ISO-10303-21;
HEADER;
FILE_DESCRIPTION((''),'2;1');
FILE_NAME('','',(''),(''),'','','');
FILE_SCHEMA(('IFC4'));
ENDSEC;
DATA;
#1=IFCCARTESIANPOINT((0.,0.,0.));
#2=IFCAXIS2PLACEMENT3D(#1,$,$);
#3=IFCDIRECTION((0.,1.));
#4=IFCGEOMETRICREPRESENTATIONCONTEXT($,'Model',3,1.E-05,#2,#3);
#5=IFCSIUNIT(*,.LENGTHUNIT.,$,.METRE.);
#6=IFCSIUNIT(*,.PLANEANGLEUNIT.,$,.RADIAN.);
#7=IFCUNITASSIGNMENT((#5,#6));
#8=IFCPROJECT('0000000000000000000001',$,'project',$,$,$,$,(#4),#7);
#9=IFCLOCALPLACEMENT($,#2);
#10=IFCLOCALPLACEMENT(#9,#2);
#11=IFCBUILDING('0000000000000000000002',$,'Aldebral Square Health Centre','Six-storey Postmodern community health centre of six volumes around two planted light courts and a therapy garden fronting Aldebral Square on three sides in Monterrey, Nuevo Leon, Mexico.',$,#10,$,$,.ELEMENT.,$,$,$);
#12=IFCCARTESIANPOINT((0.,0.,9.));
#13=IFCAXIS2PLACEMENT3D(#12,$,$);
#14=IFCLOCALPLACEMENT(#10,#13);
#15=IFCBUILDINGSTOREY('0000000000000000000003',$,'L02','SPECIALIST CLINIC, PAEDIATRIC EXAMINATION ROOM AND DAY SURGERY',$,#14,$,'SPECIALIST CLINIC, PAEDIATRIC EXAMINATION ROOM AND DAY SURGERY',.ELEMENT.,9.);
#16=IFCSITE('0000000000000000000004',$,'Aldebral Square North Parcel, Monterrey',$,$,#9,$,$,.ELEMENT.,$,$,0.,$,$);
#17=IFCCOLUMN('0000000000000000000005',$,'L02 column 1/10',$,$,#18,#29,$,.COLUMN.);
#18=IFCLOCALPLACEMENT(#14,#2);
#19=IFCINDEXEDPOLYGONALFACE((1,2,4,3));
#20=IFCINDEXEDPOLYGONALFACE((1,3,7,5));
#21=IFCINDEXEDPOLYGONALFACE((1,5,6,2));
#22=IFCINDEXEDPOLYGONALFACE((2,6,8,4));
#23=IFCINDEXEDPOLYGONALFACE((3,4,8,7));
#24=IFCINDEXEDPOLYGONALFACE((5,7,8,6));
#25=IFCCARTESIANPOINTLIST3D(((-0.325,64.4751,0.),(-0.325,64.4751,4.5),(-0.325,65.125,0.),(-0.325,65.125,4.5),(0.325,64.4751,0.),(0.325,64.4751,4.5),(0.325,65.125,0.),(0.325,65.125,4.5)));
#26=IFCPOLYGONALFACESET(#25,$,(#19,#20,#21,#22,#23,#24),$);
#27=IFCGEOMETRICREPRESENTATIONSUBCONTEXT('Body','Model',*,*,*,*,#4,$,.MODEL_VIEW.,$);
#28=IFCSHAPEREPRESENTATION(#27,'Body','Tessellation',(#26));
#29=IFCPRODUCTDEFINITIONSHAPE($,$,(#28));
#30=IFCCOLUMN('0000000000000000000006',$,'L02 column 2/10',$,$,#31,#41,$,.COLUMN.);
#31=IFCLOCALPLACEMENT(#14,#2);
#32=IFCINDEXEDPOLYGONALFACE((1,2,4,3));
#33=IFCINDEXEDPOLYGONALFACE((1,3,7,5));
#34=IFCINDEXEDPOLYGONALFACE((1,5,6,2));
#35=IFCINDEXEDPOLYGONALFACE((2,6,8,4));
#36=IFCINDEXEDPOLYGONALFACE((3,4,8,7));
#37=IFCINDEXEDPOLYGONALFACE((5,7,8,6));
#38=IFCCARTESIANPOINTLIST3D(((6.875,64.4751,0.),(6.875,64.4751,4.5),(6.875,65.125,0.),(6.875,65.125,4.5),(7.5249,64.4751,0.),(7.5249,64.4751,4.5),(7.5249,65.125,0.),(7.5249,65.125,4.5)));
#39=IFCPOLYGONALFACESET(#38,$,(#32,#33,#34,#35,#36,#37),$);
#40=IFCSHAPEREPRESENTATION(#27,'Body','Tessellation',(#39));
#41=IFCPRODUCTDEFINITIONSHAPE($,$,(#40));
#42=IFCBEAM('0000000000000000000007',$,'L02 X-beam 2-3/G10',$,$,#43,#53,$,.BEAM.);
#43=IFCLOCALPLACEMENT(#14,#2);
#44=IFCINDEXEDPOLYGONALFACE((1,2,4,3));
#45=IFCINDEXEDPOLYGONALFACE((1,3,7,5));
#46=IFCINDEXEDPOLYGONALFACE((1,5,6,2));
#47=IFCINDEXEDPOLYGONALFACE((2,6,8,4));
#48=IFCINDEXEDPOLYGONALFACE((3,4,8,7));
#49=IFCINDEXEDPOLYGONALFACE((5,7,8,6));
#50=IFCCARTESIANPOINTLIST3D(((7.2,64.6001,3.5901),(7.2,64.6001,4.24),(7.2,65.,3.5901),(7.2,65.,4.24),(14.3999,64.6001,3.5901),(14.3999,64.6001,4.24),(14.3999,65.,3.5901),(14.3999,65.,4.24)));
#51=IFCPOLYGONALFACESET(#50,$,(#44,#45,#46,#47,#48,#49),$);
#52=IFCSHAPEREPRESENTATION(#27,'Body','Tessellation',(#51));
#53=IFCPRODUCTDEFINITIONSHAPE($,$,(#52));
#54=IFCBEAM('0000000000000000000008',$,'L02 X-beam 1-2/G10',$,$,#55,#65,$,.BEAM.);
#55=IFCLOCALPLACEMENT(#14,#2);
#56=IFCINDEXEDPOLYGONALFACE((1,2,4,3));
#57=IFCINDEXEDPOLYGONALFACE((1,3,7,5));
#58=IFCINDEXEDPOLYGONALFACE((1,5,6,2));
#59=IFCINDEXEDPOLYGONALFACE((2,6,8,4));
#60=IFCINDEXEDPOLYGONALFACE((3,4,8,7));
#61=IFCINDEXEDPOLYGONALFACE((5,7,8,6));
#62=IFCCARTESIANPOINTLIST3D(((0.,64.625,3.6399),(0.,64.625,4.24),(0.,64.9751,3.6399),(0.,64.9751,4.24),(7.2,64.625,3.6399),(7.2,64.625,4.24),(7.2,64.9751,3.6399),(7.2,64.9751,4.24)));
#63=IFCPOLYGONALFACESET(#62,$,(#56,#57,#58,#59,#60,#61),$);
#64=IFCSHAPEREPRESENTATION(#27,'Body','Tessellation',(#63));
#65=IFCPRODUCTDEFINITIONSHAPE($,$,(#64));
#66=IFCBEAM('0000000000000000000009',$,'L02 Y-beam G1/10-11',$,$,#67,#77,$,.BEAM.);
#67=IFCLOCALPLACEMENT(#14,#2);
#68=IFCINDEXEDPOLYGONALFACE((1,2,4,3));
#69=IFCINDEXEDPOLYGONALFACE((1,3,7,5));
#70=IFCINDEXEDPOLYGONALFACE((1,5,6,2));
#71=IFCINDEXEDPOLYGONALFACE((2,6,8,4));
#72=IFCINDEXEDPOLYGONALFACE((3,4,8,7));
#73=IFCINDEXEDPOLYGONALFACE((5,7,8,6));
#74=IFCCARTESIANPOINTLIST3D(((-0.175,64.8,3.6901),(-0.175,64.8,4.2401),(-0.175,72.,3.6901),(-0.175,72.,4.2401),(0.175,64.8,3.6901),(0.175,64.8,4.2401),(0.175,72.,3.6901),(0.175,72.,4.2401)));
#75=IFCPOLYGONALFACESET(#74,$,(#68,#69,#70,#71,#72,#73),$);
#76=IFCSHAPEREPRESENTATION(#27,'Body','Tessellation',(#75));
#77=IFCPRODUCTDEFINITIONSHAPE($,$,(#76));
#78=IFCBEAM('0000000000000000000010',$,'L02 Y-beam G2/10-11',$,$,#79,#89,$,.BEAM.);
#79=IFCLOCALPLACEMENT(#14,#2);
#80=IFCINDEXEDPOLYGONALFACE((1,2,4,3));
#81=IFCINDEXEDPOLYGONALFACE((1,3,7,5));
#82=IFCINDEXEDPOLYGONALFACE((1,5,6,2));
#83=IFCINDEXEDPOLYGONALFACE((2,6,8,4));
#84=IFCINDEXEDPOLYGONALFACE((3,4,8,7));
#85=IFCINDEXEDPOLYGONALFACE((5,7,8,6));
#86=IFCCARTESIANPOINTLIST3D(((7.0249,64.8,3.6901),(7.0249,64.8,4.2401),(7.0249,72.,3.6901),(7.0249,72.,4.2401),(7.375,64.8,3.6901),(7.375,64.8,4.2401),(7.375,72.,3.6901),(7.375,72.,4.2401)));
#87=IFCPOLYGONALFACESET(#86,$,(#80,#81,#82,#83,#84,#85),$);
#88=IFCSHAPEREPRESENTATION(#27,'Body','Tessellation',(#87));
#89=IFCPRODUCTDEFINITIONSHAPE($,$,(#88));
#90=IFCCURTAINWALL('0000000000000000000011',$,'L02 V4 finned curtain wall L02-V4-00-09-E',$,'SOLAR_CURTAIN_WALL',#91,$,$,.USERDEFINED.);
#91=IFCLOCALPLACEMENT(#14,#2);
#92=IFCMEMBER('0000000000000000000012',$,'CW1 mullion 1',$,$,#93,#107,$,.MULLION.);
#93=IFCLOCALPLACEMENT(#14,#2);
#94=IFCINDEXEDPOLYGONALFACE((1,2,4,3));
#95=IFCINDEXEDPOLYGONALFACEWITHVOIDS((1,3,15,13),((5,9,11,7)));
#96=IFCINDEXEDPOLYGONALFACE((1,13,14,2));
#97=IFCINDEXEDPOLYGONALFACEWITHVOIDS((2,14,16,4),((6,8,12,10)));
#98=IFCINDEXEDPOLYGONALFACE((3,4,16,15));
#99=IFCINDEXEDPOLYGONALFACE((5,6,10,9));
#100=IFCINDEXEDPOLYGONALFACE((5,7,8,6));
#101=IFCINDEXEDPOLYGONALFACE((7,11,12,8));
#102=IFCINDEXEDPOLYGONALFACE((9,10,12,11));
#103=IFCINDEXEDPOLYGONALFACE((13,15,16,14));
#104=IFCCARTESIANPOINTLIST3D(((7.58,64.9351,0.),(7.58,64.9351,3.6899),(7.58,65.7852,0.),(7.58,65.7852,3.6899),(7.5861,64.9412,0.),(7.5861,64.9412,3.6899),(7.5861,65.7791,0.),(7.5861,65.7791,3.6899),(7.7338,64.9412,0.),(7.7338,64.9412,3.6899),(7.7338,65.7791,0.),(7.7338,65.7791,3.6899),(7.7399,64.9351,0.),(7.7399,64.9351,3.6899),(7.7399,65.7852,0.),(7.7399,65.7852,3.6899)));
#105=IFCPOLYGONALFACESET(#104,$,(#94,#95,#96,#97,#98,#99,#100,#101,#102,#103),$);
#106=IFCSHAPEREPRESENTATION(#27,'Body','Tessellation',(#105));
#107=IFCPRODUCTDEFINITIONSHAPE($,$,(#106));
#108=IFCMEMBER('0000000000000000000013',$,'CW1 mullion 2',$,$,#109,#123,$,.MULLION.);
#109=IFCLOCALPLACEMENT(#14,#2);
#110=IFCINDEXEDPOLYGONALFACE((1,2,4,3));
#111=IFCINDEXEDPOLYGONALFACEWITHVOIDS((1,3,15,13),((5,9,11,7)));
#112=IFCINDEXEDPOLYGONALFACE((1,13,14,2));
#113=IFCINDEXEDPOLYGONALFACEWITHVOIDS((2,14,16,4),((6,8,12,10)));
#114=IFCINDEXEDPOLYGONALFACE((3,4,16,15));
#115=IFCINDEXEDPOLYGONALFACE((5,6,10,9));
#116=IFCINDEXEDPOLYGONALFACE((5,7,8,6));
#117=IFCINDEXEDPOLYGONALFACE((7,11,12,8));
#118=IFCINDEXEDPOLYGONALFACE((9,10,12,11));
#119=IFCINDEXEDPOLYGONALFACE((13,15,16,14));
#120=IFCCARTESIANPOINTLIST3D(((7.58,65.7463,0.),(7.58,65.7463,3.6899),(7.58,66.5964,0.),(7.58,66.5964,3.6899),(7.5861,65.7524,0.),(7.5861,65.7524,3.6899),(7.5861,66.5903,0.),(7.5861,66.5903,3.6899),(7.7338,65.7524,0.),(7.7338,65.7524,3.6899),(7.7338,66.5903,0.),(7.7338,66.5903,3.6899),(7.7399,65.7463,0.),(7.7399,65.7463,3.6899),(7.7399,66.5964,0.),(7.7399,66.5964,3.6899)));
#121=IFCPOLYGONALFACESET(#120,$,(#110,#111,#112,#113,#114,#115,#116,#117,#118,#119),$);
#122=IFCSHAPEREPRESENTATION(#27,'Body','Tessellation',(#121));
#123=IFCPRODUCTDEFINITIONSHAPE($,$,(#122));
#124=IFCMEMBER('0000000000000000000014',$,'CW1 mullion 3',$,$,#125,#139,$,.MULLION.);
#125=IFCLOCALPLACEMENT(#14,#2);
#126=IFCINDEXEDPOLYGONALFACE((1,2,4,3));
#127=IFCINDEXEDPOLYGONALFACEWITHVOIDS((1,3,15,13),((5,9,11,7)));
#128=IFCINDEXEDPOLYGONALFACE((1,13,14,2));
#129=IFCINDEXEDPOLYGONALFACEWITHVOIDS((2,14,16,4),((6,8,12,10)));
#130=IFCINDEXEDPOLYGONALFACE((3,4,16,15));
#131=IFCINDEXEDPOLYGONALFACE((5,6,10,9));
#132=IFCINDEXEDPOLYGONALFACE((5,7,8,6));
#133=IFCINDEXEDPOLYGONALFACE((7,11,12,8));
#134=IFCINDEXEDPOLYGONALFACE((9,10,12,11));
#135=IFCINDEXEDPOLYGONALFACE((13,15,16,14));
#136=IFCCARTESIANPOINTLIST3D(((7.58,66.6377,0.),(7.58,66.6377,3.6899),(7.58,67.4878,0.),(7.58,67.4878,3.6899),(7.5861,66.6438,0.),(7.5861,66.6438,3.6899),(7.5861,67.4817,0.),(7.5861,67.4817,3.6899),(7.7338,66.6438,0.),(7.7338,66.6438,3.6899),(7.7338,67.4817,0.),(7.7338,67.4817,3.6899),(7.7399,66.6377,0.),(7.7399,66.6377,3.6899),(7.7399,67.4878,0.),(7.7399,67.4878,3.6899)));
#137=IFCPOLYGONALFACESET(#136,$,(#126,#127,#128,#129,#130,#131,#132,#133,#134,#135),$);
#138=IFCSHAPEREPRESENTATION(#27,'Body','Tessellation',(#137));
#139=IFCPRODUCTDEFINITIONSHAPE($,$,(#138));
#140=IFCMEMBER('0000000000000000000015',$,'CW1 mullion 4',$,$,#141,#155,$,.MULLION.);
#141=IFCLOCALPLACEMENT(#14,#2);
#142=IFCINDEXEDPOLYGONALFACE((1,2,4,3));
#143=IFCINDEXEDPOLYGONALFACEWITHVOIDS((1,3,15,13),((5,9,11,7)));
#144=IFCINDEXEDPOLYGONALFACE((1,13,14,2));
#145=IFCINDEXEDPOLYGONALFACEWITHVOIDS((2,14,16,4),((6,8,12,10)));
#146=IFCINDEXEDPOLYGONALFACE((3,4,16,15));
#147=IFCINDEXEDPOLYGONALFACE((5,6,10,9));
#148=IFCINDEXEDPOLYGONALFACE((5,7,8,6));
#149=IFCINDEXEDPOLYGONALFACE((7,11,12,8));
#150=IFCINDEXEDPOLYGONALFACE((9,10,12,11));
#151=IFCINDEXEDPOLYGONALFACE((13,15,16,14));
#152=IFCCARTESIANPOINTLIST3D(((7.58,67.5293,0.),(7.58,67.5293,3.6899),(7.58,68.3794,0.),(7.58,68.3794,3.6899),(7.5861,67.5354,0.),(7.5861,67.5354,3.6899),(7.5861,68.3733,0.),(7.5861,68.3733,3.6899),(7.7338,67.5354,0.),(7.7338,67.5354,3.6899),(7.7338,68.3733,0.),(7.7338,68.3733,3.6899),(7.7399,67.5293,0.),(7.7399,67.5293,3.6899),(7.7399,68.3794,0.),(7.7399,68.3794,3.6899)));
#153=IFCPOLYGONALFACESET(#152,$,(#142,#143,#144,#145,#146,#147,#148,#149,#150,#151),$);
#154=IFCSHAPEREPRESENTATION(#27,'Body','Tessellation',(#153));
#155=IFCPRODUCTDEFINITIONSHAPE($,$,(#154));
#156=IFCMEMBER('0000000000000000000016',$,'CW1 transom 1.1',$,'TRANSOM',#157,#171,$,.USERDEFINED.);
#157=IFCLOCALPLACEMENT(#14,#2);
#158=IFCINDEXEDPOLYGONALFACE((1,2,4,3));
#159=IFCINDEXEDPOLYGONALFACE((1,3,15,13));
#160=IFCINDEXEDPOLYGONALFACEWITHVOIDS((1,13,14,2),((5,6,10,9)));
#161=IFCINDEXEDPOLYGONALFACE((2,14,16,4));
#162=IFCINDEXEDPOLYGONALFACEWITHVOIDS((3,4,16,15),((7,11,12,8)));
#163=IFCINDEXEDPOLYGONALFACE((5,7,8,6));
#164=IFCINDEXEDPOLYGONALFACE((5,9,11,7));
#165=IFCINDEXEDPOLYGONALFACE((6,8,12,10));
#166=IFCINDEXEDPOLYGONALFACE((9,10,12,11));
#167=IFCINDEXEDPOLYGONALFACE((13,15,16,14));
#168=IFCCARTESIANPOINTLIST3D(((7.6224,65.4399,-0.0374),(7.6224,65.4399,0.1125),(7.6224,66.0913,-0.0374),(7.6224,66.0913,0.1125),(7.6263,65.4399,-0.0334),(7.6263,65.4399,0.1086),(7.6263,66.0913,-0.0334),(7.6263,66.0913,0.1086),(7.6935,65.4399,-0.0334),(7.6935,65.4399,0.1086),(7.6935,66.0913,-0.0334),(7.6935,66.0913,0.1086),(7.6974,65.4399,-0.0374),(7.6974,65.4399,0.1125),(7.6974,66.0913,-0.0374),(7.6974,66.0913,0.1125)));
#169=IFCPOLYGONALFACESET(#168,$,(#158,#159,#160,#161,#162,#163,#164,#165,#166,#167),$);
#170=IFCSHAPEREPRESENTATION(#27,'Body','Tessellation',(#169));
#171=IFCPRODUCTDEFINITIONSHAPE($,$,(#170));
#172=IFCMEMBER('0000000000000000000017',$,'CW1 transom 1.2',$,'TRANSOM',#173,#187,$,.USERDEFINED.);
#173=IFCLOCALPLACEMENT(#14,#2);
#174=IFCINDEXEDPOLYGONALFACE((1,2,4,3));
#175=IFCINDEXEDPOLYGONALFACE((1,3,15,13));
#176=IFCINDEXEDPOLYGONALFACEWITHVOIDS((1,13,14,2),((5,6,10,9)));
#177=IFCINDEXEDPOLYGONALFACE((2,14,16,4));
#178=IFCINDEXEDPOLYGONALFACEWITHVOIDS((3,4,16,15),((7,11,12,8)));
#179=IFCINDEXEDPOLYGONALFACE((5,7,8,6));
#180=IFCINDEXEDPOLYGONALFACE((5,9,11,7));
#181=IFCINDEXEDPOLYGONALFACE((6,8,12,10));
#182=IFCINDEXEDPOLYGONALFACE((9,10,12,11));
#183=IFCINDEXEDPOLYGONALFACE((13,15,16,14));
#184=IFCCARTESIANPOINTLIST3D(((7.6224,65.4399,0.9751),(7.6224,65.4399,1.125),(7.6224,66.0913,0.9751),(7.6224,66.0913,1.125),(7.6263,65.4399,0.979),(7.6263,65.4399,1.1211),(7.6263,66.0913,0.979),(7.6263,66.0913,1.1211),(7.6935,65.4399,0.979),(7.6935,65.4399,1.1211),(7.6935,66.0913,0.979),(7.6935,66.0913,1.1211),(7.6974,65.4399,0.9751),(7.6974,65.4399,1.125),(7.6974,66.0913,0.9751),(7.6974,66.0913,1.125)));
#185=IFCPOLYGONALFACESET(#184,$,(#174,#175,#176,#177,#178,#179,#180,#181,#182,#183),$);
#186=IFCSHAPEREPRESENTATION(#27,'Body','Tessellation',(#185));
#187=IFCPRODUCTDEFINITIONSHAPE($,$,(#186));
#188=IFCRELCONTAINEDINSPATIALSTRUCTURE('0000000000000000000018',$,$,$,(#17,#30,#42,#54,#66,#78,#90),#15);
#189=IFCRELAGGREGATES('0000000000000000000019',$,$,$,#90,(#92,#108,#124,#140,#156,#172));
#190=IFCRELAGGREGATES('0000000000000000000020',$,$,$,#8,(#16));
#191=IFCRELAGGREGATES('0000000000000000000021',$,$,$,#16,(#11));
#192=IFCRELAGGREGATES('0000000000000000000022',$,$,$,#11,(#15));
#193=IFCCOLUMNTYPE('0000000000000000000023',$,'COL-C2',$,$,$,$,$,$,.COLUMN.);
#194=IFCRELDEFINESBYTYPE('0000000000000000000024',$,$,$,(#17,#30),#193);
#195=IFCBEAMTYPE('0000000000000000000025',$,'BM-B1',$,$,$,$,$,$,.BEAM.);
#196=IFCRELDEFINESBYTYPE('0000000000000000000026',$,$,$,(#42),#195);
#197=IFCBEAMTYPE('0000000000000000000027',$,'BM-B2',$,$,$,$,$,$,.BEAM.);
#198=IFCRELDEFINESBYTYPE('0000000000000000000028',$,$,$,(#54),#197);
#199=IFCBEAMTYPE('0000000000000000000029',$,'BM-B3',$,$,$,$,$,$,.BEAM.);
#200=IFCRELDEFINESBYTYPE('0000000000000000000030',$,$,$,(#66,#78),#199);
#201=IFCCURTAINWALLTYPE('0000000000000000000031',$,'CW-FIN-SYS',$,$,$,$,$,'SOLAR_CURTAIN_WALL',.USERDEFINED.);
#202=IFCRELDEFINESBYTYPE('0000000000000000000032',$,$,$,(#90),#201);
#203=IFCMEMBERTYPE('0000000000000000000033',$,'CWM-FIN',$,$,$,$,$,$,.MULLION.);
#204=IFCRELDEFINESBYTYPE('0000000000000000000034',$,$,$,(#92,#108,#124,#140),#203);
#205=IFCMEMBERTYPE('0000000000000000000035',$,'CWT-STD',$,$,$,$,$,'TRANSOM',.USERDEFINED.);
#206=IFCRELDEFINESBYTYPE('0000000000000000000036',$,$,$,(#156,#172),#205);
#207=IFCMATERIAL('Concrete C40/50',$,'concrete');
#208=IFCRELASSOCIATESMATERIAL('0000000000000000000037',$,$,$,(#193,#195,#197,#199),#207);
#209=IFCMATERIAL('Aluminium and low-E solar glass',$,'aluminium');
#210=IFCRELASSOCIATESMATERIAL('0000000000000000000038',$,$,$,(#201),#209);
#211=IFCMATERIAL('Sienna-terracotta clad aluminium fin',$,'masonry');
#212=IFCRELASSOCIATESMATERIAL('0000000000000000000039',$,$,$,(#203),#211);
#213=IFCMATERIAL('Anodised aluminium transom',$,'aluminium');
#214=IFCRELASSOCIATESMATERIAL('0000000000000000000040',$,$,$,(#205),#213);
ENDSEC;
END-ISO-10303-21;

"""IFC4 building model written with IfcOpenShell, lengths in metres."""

from ifc_helpers import new_model, si_unit, direction, frame, origin, origin_2d, place, context, subcontext, project, spatial, rectangle, hollow_rectangle, extrude, material, material_profile, profile_set, type_object, element, aggregate, save


model = new_model("IFC4")

# Units and contexts
model_context = context("Model", 3, precision=1e-05, world=origin(), true_north=direction((0.0, 1.0)))
body_context = subcontext(model_context, "Body", "Model", "MODEL_VIEW")
ifc_project = project(units=[si_unit("LENGTHUNIT", "METRE"), si_unit("PLANEANGLEUNIT", "RADIAN")], contexts=[model_context])

# Site, building, storey
site_placement = place(None, origin())
site = spatial("IfcSite", under=ifc_project, at=site_placement, Name="Aldebral Square North Parcel, Monterrey", CompositionType="ELEMENT", RefElevation=0.0)
building_placement = place(site_placement, origin())
building = spatial("IfcBuilding", under=site, at=building_placement, Name="Aldebral Square Health Centre", Description="Six-storey Postmodern community health centre of six volumes around two planted light courts and a therapy garden fronting Aldebral Square on three sides in Monterrey, Nuevo Leon, Mexico.", CompositionType="ELEMENT")
storey_placement = place(building_placement, frame((0.0, 0.0, 9.0)))
storey = spatial("IfcBuildingStorey", under=building, at=storey_placement, Name="L02", Description="SPECIALIST CLINIC, PAEDIATRIC EXAMINATION ROOM AND DAY SURGERY", LongName="SPECIALIST CLINIC, PAEDIATRIC EXAMINATION ROOM AND DAY SURGERY", CompositionType="ELEMENT", Elevation=9.0)

# Columns
ifc_material_1 = material(Name="Concrete C40/50", Category="concrete")
ifc_material_profile_1 = material_profile(ifc_material_1, rectangle(XDim=0.6499, YDim=0.6499, at=origin_2d()), Name="RC 650x650")
ifc_profile_set_1 = profile_set([ifc_material_profile_1], Name="Concrete C40/50")
column_type = type_object("IfcColumnType", Name="COL-C2", PredefinedType="COLUMN", material=ifc_profile_set_1)
for number, where, z_axis, x_axis, name in (
    (1, (0.0, 64.8, 0.0), (0.0, 0.0, 1.0), (1.0, 0.0, 0.0), "L02 column 1/10"),
    (2, (7.2, 64.8, 0.0), (0.0, 0.0, 1.0), (1.0, 0.0, 0.0), "L02 column 2/10"),
):
    element("IfcColumn", number, at=place(storey_placement, frame(where, z_axis=z_axis, x_axis=x_axis)), inside=storey, type_object=column_type, Name=name, PredefinedType="COLUMN", context=body_context, shape_type="SweptSolid", body=[
        extrude(rectangle(XDim=0.6499, YDim=0.6499, at=origin_2d()), origin(), (0.0, 0.0, 1.0), 4.5),
    ])

# Beams
ifc_material_profile_2 = material_profile(ifc_material_1, rectangle(XDim=0.3999, YDim=0.6499, at=origin_2d()), Name="RC 400x650")
ifc_profile_set_2 = profile_set([ifc_material_profile_2], Name="Concrete C40/50")
beam_type_1 = type_object("IfcBeamType", Name="BM-B1", PredefinedType="BEAM", material=ifc_profile_set_2)
beam_1_placement = place(storey_placement, frame((7.2, 64.8, 3.915), z_axis=(1.0, 0.0, 0.0), x_axis=(0.0, 1.0, 0.0)))
element("IfcBeam", 3, at=beam_1_placement, inside=storey, type_object=beam_type_1, Name="L02 X-beam 2-3/G10", PredefinedType="BEAM", context=body_context, shape_type="SweptSolid", body=[
    extrude(rectangle(XDim=0.3999, YDim=0.6499, at=origin_2d()), origin(), (0.0, 0.0, 1.0), 7.2),
])
ifc_material_profile_3 = material_profile(ifc_material_1, rectangle(XDim=0.3501, YDim=0.6001, at=origin_2d()), Name="RC 350x600")
ifc_profile_set_3 = profile_set([ifc_material_profile_3], Name="Concrete C40/50")
beam_type_2 = type_object("IfcBeamType", Name="BM-B2", PredefinedType="BEAM", material=ifc_profile_set_3)
beam_2_placement = place(storey_placement, frame((0.0, 64.8, 3.9399), z_axis=(1.0, 0.0, 0.0), x_axis=(0.0, 1.0, 0.0)))
element("IfcBeam", 4, at=beam_2_placement, inside=storey, type_object=beam_type_2, Name="L02 X-beam 1-2/G10", PredefinedType="BEAM", context=body_context, shape_type="SweptSolid", body=[
    extrude(rectangle(XDim=0.3501, YDim=0.6001, at=origin_2d()), origin(), (0.0, 0.0, 1.0), 7.2),
])
ifc_material_profile_4 = material_profile(ifc_material_1, rectangle(XDim=0.3501, YDim=0.55, at=origin_2d()), Name="RC 350x550")
ifc_profile_set_4 = profile_set([ifc_material_profile_4], Name="Concrete C40/50")
beam_type_3 = type_object("IfcBeamType", Name="BM-B3", PredefinedType="BEAM", material=ifc_profile_set_4)
for number, where, z_axis, x_axis, name in (
    (5, (0.0, 64.8, 3.9651), (0.0, 1.0, 0.0), (-1.0, 0.0, 0.0), "L02 Y-beam G1/10-11"),
    (6, (7.2, 64.8, 3.9651), (0.0, 1.0, 0.0), (-1.0, 0.0, 0.0), "L02 Y-beam G2/10-11"),
):
    element("IfcBeam", number, at=place(storey_placement, frame(where, z_axis=z_axis, x_axis=x_axis)), inside=storey, type_object=beam_type_3, Name=name, PredefinedType="BEAM", context=body_context, shape_type="SweptSolid", body=[
        extrude(rectangle(XDim=0.3501, YDim=0.55, at=origin_2d()), origin(), (0.0, 0.0, 1.0), 7.2),
    ])

# Curtain wall, members
ifc_material_2 = material(Name="Aluminium and low-E solar glass", Category="aluminium")
curtain_wall_type = type_object("IfcCurtainWallType", Name="CW-FIN-SYS", ElementType="SOLAR_CURTAIN_WALL", PredefinedType="USERDEFINED", material=ifc_material_2)
curtain_wall_1_placement = place(storey_placement, origin())
curtain_wall_1 = element("IfcCurtainWall", 7, at=curtain_wall_1_placement, inside=storey, type_object=curtain_wall_type, Name="L02 V4 finned curtain wall L02-V4-00-09-E", ObjectType="SOLAR_CURTAIN_WALL", PredefinedType="USERDEFINED")
ifc_material_3 = material(Name="Sienna-terracotta clad aluminium fin", Category="masonry")
ifc_material_profile_5 = material_profile(ifc_material_3, hollow_rectangle(XDim=0.1599, YDim=0.8501, WallThickness=0.0061, at=origin_2d()), Name="FIN 160x850x6")
ifc_profile_set_5 = profile_set([ifc_material_profile_5], Name="Sienna-terracotta clad aluminium fin")
member_type_1 = type_object("IfcMemberType", Name="CWM-FIN", PredefinedType="MULLION", material=ifc_profile_set_5)
member_1_placement = place(storey_placement, frame((7.6599, 65.3601, 0.0), z_axis=(0.0, 0.0, 1.0), x_axis=(-1.0, 0.0, 0.0)))
member_1 = element("IfcMember", 8, at=member_1_placement, type_object=member_type_1, Name="CW1 mullion 1", PredefinedType="MULLION", context=body_context, shape_type="SweptSolid", body=[
    extrude(hollow_rectangle(XDim=0.1599, YDim=0.8501, WallThickness=0.0061, at=origin_2d()), origin(), (0.0, 0.0, 1.0), 3.6899),
])
member_2_placement = place(storey_placement, frame((7.6599, 66.1714, 0.0), z_axis=(0.0, 0.0, 1.0), x_axis=(-1.0, 0.0, 0.0)))
member_2 = element("IfcMember", 9, at=member_2_placement, type_object=member_type_1, Name="CW1 mullion 2", PredefinedType="MULLION", context=body_context, shape_type="SweptSolid", body=[
    extrude(hollow_rectangle(XDim=0.1599, YDim=0.8501, WallThickness=0.0061, at=origin_2d()), origin(), (0.0, 0.0, 1.0), 3.6899),
])
member_3_placement = place(storey_placement, frame((7.6599, 67.0627, 0.0), z_axis=(0.0, 0.0, 1.0), x_axis=(-1.0, 0.0, 0.0)))
member_3 = element("IfcMember", 10, at=member_3_placement, type_object=member_type_1, Name="CW1 mullion 3", PredefinedType="MULLION", context=body_context, shape_type="SweptSolid", body=[
    extrude(hollow_rectangle(XDim=0.1599, YDim=0.8501, WallThickness=0.0061, at=origin_2d()), origin(), (0.0, 0.0, 1.0), 3.6899),
])
member_4_placement = place(storey_placement, frame((7.6599, 67.9543, 0.0), z_axis=(0.0, 0.0, 1.0), x_axis=(-1.0, 0.0, 0.0)))
member_4 = element("IfcMember", 11, at=member_4_placement, type_object=member_type_1, Name="CW1 mullion 4", PredefinedType="MULLION", context=body_context, shape_type="SweptSolid", body=[
    extrude(hollow_rectangle(XDim=0.1599, YDim=0.8501, WallThickness=0.0061, at=origin_2d()), origin(), (0.0, 0.0, 1.0), 3.6899),
])
ifc_material_4 = material(Name="Anodised aluminium transom", Category="aluminium")
ifc_material_profile_6 = material_profile(ifc_material_4, hollow_rectangle(XDim=0.075, YDim=0.1499, WallThickness=0.0039, at=origin_2d()), Name="CWT 75x150x4")
ifc_profile_set_6 = profile_set([ifc_material_profile_6], Name="Anodised aluminium transom")
member_type_2 = type_object("IfcMemberType", Name="CWT-STD", ElementType="TRANSOM", PredefinedType="USERDEFINED", material=ifc_profile_set_6)
member_5_placement = place(storey_placement, frame((7.6599, 65.4399, 0.0376), z_axis=(0.0, 1.0, 0.0), x_axis=(-1.0, 0.0, 0.0)))
member_5 = element("IfcMember", 12, at=member_5_placement, type_object=member_type_2, Name="CW1 transom 1.1", ObjectType="TRANSOM", PredefinedType="USERDEFINED", context=body_context, shape_type="SweptSolid", body=[
    extrude(hollow_rectangle(XDim=0.075, YDim=0.1499, WallThickness=0.0039, at=origin_2d()), origin(), (0.0, 0.0, 1.0), 0.6514),
])
member_6_placement = place(storey_placement, frame((7.6599, 65.4399, 1.05), z_axis=(0.0, 1.0, 0.0), x_axis=(-1.0, 0.0, 0.0)))
member_6 = element("IfcMember", 13, at=member_6_placement, type_object=member_type_2, Name="CW1 transom 1.2", ObjectType="TRANSOM", PredefinedType="USERDEFINED", context=body_context, shape_type="SweptSolid", body=[
    extrude(hollow_rectangle(XDim=0.075, YDim=0.1499, WallThickness=0.0039, at=origin_2d()), origin(), (0.0, 0.0, 1.0), 0.6514),
])
aggregate(curtain_wall_1, [member_1, member_2, member_3, member_4, member_5, member_6])

save(model, "model.ifc")
